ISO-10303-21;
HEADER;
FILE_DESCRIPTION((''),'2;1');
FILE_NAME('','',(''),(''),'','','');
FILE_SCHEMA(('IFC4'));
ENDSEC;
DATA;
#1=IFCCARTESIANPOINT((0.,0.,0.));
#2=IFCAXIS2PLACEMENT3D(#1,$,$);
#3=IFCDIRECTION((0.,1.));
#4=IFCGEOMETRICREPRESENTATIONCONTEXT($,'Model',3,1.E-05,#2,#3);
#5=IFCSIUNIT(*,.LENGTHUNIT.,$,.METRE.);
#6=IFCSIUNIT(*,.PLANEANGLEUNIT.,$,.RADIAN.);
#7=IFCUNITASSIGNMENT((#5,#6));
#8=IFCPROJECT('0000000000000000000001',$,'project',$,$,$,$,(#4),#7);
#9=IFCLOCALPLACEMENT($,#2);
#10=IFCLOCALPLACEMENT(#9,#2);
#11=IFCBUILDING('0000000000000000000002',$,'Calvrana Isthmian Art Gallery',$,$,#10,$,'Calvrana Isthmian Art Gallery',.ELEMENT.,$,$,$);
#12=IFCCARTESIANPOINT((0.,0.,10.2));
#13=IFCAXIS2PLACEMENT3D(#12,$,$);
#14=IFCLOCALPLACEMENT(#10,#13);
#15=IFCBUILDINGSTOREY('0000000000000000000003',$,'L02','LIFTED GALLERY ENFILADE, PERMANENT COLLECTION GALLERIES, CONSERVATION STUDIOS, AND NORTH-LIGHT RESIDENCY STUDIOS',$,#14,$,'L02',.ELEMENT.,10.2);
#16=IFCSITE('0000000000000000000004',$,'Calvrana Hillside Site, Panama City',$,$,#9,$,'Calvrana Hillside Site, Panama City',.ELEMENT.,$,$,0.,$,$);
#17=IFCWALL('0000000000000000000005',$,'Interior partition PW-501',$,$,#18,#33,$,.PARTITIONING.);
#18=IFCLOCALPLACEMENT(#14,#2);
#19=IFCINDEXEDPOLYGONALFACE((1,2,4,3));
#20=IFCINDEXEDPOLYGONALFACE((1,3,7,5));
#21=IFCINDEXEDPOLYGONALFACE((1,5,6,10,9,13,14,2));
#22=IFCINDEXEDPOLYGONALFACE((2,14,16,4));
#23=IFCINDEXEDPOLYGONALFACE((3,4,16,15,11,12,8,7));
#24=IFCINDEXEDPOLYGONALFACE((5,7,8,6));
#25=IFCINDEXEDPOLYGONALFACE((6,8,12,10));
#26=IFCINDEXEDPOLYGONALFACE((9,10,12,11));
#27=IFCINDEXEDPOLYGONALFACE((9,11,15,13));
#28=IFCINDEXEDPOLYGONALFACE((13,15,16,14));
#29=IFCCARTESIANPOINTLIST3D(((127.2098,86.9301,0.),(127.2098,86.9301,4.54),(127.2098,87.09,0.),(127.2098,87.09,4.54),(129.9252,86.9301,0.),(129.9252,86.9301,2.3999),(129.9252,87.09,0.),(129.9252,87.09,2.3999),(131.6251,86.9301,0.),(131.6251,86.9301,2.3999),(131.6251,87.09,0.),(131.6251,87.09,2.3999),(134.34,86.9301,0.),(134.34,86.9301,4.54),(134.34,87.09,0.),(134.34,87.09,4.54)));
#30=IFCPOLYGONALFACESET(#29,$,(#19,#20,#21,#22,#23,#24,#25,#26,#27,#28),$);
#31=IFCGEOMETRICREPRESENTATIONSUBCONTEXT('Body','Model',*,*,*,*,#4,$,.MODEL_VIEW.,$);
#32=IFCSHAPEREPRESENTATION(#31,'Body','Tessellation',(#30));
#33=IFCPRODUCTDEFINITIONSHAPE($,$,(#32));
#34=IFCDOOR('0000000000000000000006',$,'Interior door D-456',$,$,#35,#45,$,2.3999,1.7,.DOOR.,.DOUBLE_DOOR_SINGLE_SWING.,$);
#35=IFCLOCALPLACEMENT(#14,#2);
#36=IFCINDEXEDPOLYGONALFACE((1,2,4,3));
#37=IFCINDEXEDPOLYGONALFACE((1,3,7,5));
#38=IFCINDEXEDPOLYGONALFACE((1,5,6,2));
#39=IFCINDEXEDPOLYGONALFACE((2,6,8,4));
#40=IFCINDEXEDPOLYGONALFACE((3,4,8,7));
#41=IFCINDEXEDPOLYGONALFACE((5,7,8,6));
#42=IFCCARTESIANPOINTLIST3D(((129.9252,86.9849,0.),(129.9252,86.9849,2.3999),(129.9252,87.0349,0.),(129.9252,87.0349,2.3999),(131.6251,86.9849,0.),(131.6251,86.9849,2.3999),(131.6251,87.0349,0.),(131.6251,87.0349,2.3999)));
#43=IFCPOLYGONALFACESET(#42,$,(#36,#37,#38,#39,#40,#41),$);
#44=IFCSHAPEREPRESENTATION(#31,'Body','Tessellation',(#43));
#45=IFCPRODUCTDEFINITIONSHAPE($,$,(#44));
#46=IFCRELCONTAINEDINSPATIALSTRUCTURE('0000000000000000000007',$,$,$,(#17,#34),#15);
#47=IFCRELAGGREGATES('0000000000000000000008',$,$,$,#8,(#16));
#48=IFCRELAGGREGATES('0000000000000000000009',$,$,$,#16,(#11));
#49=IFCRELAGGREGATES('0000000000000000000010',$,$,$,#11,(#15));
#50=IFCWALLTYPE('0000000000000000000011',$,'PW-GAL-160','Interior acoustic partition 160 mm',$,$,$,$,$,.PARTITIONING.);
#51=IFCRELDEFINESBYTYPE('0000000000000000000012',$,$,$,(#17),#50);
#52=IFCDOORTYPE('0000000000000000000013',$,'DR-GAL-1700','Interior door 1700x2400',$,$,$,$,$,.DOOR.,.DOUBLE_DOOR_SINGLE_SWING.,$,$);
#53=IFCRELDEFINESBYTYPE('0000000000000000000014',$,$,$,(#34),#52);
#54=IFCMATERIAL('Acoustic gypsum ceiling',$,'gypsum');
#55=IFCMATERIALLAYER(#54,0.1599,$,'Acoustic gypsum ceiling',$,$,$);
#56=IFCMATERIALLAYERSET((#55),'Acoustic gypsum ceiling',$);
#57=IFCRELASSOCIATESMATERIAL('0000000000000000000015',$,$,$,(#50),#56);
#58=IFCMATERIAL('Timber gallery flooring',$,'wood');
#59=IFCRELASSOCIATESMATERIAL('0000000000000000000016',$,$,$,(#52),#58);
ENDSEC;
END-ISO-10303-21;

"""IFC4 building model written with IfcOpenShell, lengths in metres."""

from ifc_helpers import new_model, si_unit, direction, frame, frame_2d, origin, place, context, subcontext, project, spatial, rectangle, extrude, material, layer, layer_set, type_object, element, fill, save


model = new_model("IFC4")

# Units and contexts
model_context = context("Model", 3, precision=1e-05, world=origin(), true_north=direction((0.0, 1.0)))
body_context = subcontext(model_context, "Body", "Model", "MODEL_VIEW")
ifc_project = project(units=[si_unit("LENGTHUNIT", "METRE"), si_unit("PLANEANGLEUNIT", "RADIAN")], contexts=[model_context])

# Site, building, storey
site_placement = place(None, origin())
site = spatial("IfcSite", under=ifc_project, at=site_placement, Name="Calvrana Hillside Site, Panama City", LongName="Calvrana Hillside Site, Panama City", CompositionType="ELEMENT", RefElevation=0.0)
building_placement = place(site_placement, origin())
building = spatial("IfcBuilding", under=site, at=building_placement, Name="Calvrana Isthmian Art Gallery", LongName="Calvrana Isthmian Art Gallery", CompositionType="ELEMENT")
storey_placement = place(building_placement, frame((0.0, 0.0, 10.2)))
storey = spatial("IfcBuildingStorey", under=building, at=storey_placement, Name="L02", Description="LIFTED GALLERY ENFILADE, PERMANENT COLLECTION GALLERIES, CONSERVATION STUDIOS, AND NORTH-LIGHT RESIDENCY STUDIOS", LongName="L02", CompositionType="ELEMENT", Elevation=10.2)

# Shared definitions
ifc_material_1 = material(Name="Acoustic gypsum ceiling", Category="gypsum")
ifc_layer = layer(ifc_material_1, 0.1599, Name="Acoustic gypsum ceiling")
ifc_layer_set = layer_set([ifc_layer], Name="Acoustic gypsum ceiling")
wall_type = type_object("IfcWallType", Name="PW-GAL-160", Description="Interior acoustic partition 160 mm", PredefinedType="PARTITIONING", material=ifc_layer_set)
ifc_material_2 = material(Name="Timber gallery flooring", Category="wood")

# Wall, opening, door
wall_1_placement = place(storey_placement, frame((127.21, 87.01, 0.0), z_axis=(0.0, 0.0, 1.0), x_axis=(1.0, 0.0, 0.0)))
wall_1 = element("IfcWall", 1, at=wall_1_placement, inside=storey, type_object=wall_type, Name="Interior partition PW-501", PredefinedType="PARTITIONING", context=body_context, shape_type="SweptSolid", body=[
    extrude(rectangle(XDim=7.1301, YDim=0.1599, at=frame_2d((3.5649, 0.0))), origin(), (0.0, 0.0, 1.0), 4.54),
])
opening_1_placement = place(wall_1_placement, frame((2.7151, 0.0, 0.0)))
opening_1 = element("IfcOpeningElement", 2, at=opening_1_placement, cuts=wall_1, PredefinedType="OPENING", context=body_context, shape_type="SweptSolid", body=[
    extrude(rectangle(XDim=1.7, YDim=2.3999, at=frame_2d((0.8501, 1.2))), frame((0.0, 0.0903, 0.0), z_axis=(0.0, -1.0, 0.0), x_axis=(1.0, 0.0, 0.0)), (0.0, 0.0, 1.0), 0.1804),
])
door_type_1 = type_object("IfcDoorType", Name="DR-GAL-1700", Description="Interior door 1700x2400", OperationType="DOUBLE_DOOR_SINGLE_SWING", PredefinedType="DOOR", material=ifc_material_2)
door_1_placement = place(opening_1_placement, origin())
door_1 = element("IfcDoor", 3, at=door_1_placement, inside=storey, type_object=door_type_1, Name="Interior door D-456", OperationType="DOUBLE_DOOR_SINGLE_SWING", OverallHeight=2.3999, OverallWidth=1.7, PredefinedType="DOOR", context=body_context, shape_type="SweptSolid", body=[
    extrude(rectangle(XDim=1.7, YDim=2.3999, at=frame_2d((0.8501, 1.2))), frame((0.0, 0.0249, 0.0), z_axis=(0.0, -1.0, 0.0), x_axis=(1.0, 0.0, 0.0)), (0.0, 0.0, 1.0), 0.05),
])
fill(opening_1, door_1)

save(model, "model.ifc")
